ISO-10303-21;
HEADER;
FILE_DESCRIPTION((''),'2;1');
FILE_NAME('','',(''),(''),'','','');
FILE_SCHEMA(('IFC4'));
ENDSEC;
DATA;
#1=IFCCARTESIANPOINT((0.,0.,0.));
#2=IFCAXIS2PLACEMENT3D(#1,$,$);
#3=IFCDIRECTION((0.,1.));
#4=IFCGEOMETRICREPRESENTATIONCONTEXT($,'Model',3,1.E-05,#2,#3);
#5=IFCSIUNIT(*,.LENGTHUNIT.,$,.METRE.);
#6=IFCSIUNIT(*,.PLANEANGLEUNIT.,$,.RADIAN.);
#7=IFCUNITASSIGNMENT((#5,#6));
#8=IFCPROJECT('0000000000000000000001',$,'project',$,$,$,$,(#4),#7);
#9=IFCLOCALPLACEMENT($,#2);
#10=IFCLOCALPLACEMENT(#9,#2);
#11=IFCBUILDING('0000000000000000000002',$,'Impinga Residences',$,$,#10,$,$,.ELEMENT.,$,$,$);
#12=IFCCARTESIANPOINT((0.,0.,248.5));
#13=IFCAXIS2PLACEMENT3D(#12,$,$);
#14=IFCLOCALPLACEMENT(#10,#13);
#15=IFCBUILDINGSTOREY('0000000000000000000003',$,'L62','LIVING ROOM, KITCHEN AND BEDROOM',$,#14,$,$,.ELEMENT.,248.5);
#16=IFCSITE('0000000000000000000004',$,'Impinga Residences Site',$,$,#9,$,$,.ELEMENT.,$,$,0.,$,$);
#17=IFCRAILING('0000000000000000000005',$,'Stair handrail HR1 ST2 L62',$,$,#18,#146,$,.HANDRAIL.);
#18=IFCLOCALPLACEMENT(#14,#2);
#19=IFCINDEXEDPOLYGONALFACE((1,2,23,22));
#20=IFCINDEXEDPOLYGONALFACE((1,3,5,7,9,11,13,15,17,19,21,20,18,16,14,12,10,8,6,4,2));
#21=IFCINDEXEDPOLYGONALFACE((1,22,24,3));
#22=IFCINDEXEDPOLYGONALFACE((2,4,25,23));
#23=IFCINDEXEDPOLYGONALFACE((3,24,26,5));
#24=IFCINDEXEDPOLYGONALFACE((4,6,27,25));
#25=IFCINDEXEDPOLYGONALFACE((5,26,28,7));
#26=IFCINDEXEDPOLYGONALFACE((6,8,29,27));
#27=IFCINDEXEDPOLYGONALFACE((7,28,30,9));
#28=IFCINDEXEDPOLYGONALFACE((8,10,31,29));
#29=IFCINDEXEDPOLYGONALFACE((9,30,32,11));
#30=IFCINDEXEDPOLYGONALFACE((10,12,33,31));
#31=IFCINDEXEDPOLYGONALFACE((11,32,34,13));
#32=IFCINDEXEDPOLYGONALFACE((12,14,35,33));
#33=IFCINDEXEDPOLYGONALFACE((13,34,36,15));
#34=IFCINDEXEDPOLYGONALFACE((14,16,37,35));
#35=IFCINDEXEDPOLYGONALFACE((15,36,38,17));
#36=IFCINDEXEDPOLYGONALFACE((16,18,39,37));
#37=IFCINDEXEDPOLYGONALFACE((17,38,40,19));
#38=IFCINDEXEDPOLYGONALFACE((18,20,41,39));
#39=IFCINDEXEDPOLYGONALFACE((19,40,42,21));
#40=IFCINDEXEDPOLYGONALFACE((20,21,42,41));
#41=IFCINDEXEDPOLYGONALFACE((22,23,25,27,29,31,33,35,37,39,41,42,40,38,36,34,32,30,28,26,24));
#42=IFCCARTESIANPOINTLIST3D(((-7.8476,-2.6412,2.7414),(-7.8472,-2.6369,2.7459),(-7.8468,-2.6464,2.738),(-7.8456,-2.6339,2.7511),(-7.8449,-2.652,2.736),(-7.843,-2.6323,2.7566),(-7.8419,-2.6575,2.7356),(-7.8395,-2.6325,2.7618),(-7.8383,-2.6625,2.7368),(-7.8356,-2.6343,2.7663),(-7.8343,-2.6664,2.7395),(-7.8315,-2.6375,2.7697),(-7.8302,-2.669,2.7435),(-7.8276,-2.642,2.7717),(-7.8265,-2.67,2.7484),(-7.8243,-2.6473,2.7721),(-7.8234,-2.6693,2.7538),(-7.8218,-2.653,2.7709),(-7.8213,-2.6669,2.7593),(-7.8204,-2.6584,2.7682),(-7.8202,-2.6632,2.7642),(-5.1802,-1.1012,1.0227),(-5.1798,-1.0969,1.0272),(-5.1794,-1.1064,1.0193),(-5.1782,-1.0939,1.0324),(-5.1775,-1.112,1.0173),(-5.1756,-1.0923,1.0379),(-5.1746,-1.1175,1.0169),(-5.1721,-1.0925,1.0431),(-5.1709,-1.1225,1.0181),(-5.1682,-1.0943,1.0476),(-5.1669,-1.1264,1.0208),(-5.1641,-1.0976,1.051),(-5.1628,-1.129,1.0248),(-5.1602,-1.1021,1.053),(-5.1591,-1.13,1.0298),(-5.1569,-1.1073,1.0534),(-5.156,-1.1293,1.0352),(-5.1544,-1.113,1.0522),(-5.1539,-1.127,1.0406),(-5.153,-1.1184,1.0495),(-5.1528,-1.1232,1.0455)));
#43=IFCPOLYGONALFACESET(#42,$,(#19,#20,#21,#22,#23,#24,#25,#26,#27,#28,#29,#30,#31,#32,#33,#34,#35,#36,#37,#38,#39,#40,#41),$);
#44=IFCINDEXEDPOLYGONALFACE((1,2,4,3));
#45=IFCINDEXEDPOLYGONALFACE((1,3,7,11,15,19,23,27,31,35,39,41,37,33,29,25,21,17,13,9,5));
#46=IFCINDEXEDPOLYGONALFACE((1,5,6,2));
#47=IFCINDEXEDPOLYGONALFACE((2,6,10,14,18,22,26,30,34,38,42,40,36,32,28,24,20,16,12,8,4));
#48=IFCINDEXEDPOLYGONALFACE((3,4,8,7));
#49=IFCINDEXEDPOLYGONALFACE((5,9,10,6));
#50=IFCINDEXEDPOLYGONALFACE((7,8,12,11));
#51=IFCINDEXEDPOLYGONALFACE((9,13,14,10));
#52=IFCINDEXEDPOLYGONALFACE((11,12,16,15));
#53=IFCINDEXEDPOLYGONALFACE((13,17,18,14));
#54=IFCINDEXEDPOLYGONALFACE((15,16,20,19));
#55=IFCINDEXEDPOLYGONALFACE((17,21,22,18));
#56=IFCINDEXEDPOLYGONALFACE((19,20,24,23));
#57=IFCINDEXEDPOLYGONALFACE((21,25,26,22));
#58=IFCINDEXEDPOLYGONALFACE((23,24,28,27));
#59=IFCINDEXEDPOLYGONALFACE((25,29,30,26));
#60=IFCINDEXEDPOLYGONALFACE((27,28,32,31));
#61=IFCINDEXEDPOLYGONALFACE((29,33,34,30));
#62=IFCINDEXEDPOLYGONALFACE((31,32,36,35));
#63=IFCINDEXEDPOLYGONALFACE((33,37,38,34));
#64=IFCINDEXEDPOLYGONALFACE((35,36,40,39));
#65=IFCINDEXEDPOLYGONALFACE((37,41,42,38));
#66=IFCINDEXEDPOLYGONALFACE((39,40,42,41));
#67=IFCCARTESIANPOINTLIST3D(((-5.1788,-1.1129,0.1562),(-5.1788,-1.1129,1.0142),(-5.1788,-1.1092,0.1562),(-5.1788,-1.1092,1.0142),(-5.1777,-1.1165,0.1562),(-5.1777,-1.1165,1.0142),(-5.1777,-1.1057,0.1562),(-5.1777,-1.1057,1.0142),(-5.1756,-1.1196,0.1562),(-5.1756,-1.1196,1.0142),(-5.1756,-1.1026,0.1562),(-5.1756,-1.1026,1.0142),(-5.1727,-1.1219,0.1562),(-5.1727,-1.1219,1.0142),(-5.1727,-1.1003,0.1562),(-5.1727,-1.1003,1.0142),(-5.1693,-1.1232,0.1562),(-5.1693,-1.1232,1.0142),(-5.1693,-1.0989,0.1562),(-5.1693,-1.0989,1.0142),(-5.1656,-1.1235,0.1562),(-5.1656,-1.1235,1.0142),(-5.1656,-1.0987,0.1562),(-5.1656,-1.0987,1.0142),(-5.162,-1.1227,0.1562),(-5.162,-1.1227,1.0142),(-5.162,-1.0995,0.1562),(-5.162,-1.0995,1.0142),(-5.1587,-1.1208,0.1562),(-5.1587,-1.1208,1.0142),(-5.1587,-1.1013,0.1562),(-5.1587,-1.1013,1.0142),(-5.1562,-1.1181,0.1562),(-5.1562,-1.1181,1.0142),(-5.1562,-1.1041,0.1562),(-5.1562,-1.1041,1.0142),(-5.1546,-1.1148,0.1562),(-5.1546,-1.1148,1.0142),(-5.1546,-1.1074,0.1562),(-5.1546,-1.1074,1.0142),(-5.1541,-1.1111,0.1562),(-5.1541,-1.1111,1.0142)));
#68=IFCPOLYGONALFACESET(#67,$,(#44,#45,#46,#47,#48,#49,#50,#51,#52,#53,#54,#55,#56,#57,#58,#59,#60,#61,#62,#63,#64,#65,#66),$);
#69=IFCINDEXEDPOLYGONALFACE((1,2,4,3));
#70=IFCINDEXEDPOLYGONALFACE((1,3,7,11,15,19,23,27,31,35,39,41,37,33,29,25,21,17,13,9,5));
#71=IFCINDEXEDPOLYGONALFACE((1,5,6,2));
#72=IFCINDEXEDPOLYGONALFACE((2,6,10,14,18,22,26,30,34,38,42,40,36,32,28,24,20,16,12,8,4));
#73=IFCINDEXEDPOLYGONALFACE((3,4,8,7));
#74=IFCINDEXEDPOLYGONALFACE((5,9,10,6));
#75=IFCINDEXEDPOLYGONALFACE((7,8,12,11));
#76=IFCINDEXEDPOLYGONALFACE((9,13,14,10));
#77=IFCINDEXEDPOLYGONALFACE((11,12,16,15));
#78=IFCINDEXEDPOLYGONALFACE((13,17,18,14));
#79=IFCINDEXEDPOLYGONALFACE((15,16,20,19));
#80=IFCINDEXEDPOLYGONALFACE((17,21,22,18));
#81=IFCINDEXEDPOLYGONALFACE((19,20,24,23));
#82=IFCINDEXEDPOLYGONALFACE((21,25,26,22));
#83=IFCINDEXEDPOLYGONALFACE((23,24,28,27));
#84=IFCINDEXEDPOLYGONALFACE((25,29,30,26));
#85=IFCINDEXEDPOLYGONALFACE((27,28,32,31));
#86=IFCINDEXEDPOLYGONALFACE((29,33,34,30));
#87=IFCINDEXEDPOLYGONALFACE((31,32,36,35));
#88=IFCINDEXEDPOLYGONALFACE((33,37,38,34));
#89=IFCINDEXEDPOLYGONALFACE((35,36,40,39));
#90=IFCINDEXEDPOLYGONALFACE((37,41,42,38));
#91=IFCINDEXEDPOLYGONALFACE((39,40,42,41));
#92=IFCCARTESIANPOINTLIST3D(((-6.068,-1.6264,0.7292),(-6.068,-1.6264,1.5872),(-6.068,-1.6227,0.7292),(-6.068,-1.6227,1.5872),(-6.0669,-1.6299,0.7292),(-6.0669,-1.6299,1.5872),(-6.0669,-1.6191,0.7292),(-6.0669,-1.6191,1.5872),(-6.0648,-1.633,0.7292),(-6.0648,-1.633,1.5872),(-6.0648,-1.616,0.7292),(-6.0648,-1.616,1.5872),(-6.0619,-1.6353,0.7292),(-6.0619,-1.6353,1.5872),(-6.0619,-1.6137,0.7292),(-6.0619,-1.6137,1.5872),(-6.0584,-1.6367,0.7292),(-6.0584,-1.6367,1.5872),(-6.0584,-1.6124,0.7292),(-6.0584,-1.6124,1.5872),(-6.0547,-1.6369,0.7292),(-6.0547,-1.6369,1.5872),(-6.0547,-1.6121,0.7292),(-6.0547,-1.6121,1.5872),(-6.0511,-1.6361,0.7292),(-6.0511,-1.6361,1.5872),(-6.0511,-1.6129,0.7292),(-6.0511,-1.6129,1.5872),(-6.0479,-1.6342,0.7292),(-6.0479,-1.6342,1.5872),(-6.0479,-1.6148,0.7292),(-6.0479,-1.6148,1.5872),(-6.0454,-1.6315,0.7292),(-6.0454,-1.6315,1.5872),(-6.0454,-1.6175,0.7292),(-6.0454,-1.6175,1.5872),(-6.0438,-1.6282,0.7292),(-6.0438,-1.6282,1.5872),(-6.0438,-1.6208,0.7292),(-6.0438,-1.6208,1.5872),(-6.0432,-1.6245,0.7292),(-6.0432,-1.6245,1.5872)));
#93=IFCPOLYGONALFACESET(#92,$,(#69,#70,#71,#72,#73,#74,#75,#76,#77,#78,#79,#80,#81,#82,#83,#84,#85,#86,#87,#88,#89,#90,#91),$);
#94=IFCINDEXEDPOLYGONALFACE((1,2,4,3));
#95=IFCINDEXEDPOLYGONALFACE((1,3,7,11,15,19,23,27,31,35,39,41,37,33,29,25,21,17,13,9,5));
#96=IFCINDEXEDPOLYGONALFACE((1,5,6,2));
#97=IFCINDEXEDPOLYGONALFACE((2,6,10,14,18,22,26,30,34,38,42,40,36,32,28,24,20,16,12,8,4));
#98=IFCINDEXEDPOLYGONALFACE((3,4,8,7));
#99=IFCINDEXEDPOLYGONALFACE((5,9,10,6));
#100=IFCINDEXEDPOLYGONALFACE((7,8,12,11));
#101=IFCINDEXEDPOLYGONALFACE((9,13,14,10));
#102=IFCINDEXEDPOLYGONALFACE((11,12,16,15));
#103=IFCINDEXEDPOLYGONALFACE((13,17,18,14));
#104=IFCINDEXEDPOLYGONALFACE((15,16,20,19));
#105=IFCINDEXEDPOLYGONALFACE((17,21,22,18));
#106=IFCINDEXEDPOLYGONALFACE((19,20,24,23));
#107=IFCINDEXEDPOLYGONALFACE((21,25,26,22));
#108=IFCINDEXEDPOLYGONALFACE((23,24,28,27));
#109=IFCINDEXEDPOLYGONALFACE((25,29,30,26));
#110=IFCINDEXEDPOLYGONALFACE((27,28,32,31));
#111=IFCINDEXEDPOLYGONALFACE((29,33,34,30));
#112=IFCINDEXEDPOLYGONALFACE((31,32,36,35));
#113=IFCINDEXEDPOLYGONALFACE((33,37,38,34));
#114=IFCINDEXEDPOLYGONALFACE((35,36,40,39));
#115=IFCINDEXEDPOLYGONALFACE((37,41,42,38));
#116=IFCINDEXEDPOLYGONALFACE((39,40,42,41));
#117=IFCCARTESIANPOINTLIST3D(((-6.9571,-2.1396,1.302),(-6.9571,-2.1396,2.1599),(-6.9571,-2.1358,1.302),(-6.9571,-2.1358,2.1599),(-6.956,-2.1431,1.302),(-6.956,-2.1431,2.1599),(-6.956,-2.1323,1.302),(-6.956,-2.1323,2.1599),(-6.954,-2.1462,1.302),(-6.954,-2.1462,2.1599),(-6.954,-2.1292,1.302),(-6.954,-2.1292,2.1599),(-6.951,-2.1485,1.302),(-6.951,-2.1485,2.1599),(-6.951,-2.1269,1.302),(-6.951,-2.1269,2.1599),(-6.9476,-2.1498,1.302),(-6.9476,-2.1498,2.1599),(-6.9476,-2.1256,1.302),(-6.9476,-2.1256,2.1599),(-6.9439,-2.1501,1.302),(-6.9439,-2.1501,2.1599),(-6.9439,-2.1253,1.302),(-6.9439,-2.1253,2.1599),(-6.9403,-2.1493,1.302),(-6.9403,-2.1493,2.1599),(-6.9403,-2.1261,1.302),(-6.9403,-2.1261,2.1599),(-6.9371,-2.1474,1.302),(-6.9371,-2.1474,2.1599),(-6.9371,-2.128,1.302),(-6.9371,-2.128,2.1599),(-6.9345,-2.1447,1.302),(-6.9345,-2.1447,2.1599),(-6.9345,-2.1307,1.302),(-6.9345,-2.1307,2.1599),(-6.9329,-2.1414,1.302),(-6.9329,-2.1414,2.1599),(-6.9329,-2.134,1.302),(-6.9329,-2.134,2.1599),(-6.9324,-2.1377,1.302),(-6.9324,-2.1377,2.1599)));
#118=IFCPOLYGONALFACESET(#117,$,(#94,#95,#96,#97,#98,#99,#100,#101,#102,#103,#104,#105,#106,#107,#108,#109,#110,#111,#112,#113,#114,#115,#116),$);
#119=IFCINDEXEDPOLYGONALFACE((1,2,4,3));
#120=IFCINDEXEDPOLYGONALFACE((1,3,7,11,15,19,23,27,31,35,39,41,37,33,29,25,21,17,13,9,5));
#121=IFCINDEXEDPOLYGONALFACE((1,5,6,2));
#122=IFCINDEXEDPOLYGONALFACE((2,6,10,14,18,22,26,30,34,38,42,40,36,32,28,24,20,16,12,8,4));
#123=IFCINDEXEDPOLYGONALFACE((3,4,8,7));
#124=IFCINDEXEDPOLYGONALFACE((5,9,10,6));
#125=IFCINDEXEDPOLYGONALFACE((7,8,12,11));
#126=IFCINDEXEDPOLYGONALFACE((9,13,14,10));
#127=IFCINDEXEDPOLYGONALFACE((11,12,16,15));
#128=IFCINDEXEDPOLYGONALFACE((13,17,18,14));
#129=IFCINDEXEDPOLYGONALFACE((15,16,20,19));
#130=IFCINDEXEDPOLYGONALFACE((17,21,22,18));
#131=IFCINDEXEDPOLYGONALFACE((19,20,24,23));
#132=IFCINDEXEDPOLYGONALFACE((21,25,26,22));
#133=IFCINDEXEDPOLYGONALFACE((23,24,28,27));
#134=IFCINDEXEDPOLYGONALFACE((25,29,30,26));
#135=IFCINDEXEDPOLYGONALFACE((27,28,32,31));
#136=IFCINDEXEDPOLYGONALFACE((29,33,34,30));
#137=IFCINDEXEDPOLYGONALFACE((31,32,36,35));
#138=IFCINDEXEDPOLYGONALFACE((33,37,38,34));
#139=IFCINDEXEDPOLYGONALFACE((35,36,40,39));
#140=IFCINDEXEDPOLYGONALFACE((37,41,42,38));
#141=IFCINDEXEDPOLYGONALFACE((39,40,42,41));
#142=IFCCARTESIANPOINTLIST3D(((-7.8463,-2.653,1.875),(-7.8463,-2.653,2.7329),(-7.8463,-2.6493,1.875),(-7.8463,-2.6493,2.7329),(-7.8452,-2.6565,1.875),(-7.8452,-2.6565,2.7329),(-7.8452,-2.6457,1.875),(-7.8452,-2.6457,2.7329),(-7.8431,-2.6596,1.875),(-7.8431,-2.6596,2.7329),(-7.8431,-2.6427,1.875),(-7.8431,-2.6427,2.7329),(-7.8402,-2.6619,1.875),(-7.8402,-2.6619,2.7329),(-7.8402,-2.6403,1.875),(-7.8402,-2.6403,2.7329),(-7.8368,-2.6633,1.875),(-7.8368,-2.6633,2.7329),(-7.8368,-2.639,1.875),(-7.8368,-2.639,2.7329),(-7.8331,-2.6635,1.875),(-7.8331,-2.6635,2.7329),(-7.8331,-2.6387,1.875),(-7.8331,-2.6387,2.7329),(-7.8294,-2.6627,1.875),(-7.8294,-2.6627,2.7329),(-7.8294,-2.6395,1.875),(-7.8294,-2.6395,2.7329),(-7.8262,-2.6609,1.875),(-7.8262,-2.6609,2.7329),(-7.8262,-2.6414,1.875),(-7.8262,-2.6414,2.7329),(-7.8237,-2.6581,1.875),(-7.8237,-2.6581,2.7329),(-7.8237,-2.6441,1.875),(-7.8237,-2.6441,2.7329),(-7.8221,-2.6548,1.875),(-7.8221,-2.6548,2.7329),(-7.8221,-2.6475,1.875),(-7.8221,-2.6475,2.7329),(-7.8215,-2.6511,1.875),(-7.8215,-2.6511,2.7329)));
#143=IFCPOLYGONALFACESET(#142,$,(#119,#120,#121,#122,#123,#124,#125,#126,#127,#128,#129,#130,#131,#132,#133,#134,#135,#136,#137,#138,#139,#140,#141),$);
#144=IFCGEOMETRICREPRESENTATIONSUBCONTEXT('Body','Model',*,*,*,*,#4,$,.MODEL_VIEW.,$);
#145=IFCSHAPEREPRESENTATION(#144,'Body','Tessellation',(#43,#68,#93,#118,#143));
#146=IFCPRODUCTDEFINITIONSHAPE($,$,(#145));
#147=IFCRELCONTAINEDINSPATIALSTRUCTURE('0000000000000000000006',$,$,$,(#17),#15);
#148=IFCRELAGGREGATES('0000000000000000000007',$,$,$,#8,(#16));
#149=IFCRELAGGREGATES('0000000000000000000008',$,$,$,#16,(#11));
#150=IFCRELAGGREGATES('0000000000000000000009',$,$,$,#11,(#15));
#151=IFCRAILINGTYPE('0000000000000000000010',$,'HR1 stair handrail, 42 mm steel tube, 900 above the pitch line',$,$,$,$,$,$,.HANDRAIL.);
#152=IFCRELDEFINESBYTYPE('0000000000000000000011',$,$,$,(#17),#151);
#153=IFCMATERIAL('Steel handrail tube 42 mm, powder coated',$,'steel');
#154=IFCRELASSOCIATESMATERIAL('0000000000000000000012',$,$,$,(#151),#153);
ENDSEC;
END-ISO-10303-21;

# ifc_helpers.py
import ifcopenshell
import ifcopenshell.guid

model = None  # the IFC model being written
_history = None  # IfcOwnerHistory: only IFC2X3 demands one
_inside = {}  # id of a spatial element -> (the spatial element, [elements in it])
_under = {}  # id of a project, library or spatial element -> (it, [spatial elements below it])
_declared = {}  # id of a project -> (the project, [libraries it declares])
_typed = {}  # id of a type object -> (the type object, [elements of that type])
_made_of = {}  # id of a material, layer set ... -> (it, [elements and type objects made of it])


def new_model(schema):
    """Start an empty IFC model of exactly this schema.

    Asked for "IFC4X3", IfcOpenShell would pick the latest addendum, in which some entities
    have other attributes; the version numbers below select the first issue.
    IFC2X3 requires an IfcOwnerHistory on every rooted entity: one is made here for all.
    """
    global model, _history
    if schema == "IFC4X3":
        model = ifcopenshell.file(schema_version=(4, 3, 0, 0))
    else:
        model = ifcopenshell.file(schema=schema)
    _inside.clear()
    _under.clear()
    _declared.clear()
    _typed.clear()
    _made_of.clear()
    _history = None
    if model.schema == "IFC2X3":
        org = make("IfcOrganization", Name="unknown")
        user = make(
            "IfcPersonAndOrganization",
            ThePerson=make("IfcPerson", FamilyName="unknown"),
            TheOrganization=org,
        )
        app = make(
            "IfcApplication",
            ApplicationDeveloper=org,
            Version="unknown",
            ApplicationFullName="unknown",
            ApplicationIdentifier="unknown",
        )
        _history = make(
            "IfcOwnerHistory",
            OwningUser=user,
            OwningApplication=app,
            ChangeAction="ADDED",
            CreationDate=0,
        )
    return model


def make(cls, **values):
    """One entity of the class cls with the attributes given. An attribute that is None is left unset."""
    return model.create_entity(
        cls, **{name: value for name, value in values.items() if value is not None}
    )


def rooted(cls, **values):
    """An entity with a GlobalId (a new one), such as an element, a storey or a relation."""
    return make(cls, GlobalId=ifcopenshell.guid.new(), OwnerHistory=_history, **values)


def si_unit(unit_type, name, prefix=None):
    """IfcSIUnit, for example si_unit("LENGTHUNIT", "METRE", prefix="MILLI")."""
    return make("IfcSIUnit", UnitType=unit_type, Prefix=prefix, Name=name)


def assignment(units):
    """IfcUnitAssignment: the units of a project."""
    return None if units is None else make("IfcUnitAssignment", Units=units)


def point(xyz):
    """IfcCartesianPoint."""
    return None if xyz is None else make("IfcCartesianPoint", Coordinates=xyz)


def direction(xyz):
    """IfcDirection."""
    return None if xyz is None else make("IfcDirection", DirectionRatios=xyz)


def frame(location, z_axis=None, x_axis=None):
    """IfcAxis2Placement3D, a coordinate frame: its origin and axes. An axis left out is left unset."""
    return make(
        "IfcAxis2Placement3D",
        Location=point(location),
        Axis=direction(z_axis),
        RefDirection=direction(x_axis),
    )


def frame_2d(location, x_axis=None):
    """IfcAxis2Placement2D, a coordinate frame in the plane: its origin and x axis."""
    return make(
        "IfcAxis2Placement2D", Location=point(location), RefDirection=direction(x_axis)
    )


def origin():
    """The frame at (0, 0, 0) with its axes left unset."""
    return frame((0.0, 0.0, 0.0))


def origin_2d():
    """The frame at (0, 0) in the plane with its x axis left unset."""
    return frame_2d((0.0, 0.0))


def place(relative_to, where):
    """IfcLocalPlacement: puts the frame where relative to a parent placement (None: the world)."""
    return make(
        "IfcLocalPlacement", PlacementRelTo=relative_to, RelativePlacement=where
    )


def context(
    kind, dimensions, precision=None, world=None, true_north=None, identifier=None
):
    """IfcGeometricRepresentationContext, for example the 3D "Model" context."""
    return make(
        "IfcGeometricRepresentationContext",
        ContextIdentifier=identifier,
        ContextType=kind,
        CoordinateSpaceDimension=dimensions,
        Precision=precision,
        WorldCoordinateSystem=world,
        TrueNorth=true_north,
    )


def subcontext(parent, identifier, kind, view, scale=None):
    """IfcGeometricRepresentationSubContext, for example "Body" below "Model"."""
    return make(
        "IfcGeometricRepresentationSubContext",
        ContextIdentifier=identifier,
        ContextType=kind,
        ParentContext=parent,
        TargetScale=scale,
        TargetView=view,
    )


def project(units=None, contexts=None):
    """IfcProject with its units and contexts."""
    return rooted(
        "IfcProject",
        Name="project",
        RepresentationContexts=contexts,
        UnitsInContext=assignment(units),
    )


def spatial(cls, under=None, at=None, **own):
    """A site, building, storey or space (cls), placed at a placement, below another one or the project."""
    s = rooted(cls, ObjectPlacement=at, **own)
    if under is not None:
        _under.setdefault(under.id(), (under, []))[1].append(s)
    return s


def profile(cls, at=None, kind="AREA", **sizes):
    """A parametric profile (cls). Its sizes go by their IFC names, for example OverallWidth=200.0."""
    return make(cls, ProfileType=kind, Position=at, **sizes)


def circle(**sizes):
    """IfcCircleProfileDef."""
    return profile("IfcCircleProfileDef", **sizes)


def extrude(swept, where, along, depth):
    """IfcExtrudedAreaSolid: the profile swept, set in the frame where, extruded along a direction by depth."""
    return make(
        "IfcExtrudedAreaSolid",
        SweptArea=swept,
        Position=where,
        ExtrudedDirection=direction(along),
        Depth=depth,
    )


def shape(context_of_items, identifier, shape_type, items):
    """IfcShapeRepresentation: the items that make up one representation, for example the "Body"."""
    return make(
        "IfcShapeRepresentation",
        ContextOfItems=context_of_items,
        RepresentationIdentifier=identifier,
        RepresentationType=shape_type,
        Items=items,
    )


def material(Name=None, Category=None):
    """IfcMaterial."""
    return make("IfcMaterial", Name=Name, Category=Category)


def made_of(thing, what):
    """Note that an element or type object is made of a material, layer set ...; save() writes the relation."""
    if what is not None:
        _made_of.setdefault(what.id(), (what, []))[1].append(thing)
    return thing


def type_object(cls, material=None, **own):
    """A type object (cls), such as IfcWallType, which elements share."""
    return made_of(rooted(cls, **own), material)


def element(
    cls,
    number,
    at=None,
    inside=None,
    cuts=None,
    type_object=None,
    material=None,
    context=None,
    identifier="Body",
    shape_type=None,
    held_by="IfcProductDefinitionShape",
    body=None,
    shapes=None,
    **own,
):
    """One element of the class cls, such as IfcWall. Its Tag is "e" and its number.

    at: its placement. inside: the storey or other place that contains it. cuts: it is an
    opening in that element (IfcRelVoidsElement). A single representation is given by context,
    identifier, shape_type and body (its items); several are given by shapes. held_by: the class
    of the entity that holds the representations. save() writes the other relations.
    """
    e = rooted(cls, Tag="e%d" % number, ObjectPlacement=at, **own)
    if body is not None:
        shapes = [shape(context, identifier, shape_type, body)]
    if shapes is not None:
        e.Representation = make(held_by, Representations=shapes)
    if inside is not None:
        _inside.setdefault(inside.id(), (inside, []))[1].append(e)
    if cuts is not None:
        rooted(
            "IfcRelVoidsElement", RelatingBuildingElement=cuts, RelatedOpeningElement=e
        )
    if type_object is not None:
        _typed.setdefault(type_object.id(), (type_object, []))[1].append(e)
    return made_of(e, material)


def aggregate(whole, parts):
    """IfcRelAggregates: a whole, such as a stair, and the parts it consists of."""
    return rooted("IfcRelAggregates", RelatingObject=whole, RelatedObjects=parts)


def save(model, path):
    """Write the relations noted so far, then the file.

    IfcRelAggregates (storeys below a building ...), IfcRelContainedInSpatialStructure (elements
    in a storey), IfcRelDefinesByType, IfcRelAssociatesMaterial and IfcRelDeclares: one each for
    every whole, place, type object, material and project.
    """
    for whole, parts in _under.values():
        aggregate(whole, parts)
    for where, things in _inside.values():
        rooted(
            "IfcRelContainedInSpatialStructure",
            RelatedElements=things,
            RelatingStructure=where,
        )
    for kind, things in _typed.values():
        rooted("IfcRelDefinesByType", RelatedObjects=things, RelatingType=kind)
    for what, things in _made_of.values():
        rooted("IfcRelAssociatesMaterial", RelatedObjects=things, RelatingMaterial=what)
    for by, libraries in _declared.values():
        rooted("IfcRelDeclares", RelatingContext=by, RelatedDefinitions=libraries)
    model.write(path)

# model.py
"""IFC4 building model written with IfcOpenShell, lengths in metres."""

from ifc_helpers import new_model, si_unit, direction, frame, origin, origin_2d, place, context, subcontext, project, spatial, circle, extrude, material, type_object, element, save


model = new_model("IFC4")

# Units and contexts
model_context = context("Model", 3, precision=1e-05, world=origin(), true_north=direction((0.0, 1.0)))
body_context = subcontext(model_context, "Body", "Model", "MODEL_VIEW")
ifc_project = project(units=[si_unit("LENGTHUNIT", "METRE"), si_unit("PLANEANGLEUNIT", "RADIAN")], contexts=[model_context])

# Site, building, storey
site_placement = place(None, origin())
site = spatial("IfcSite", under=ifc_project, at=site_placement, Name="Impinga Residences Site", CompositionType="ELEMENT", RefElevation=0.0)
building_placement = place(site_placement, origin())
building = spatial("IfcBuilding", under=site, at=building_placement, Name="Impinga Residences", CompositionType="ELEMENT")
storey_placement = place(building_placement, frame((0.0, 0.0, 248.5)))
storey = spatial("IfcBuildingStorey", under=building, at=storey_placement, Name="L62", Description="LIVING ROOM, KITCHEN AND BEDROOM", CompositionType="ELEMENT", Elevation=248.5)

# Railing
ifc_material_1 = material(Name="Steel handrail tube 42 mm, powder coated", Category="steel")
railing_type_1 = type_object("IfcRailingType", Name="HR1 stair handrail, 42 mm steel tube, 900 above the pitch line", PredefinedType="HANDRAIL", material=ifc_material_1)
railing_1_placement = place(storey_placement, frame((-5.1665, -1.1111, 0.1562)))
element("IfcRailing", 1, at=railing_1_placement, inside=storey, type_object=railing_type_1, Name="Stair handrail HR1 ST2 L62", PredefinedType="HANDRAIL", context=body_context, shape_type="SweptSolid", body=[
    extrude(circle(Radius=0.021, at=origin_2d()), frame((0.0, 0.0, 0.8789), z_axis=(-0.756256, -0.436616, 0.487282), x_axis=(0.499992, -0.86603, 0.0)), (0.0, 0.0, 1.0), 3.5271),
    extrude(circle(Radius=0.0125, at=origin_2d()), origin(), (0.0, 0.0, 1.0), 0.8579),
    extrude(circle(Radius=0.0125, at=origin_2d()), frame((-0.8892, -0.5134, 0.573)), (0.0, 0.0, 1.0), 0.8579),
    extrude(circle(Radius=0.0125, at=origin_2d()), frame((-1.7783, -1.0266, 1.1458)), (0.0, 0.0, 1.0), 0.8579),
    extrude(circle(Radius=0.0125, at=origin_2d()), frame((-2.6675, -1.54, 1.7188)), (0.0, 0.0, 1.0), 0.8579),
])

save(model, "model.ifc")
